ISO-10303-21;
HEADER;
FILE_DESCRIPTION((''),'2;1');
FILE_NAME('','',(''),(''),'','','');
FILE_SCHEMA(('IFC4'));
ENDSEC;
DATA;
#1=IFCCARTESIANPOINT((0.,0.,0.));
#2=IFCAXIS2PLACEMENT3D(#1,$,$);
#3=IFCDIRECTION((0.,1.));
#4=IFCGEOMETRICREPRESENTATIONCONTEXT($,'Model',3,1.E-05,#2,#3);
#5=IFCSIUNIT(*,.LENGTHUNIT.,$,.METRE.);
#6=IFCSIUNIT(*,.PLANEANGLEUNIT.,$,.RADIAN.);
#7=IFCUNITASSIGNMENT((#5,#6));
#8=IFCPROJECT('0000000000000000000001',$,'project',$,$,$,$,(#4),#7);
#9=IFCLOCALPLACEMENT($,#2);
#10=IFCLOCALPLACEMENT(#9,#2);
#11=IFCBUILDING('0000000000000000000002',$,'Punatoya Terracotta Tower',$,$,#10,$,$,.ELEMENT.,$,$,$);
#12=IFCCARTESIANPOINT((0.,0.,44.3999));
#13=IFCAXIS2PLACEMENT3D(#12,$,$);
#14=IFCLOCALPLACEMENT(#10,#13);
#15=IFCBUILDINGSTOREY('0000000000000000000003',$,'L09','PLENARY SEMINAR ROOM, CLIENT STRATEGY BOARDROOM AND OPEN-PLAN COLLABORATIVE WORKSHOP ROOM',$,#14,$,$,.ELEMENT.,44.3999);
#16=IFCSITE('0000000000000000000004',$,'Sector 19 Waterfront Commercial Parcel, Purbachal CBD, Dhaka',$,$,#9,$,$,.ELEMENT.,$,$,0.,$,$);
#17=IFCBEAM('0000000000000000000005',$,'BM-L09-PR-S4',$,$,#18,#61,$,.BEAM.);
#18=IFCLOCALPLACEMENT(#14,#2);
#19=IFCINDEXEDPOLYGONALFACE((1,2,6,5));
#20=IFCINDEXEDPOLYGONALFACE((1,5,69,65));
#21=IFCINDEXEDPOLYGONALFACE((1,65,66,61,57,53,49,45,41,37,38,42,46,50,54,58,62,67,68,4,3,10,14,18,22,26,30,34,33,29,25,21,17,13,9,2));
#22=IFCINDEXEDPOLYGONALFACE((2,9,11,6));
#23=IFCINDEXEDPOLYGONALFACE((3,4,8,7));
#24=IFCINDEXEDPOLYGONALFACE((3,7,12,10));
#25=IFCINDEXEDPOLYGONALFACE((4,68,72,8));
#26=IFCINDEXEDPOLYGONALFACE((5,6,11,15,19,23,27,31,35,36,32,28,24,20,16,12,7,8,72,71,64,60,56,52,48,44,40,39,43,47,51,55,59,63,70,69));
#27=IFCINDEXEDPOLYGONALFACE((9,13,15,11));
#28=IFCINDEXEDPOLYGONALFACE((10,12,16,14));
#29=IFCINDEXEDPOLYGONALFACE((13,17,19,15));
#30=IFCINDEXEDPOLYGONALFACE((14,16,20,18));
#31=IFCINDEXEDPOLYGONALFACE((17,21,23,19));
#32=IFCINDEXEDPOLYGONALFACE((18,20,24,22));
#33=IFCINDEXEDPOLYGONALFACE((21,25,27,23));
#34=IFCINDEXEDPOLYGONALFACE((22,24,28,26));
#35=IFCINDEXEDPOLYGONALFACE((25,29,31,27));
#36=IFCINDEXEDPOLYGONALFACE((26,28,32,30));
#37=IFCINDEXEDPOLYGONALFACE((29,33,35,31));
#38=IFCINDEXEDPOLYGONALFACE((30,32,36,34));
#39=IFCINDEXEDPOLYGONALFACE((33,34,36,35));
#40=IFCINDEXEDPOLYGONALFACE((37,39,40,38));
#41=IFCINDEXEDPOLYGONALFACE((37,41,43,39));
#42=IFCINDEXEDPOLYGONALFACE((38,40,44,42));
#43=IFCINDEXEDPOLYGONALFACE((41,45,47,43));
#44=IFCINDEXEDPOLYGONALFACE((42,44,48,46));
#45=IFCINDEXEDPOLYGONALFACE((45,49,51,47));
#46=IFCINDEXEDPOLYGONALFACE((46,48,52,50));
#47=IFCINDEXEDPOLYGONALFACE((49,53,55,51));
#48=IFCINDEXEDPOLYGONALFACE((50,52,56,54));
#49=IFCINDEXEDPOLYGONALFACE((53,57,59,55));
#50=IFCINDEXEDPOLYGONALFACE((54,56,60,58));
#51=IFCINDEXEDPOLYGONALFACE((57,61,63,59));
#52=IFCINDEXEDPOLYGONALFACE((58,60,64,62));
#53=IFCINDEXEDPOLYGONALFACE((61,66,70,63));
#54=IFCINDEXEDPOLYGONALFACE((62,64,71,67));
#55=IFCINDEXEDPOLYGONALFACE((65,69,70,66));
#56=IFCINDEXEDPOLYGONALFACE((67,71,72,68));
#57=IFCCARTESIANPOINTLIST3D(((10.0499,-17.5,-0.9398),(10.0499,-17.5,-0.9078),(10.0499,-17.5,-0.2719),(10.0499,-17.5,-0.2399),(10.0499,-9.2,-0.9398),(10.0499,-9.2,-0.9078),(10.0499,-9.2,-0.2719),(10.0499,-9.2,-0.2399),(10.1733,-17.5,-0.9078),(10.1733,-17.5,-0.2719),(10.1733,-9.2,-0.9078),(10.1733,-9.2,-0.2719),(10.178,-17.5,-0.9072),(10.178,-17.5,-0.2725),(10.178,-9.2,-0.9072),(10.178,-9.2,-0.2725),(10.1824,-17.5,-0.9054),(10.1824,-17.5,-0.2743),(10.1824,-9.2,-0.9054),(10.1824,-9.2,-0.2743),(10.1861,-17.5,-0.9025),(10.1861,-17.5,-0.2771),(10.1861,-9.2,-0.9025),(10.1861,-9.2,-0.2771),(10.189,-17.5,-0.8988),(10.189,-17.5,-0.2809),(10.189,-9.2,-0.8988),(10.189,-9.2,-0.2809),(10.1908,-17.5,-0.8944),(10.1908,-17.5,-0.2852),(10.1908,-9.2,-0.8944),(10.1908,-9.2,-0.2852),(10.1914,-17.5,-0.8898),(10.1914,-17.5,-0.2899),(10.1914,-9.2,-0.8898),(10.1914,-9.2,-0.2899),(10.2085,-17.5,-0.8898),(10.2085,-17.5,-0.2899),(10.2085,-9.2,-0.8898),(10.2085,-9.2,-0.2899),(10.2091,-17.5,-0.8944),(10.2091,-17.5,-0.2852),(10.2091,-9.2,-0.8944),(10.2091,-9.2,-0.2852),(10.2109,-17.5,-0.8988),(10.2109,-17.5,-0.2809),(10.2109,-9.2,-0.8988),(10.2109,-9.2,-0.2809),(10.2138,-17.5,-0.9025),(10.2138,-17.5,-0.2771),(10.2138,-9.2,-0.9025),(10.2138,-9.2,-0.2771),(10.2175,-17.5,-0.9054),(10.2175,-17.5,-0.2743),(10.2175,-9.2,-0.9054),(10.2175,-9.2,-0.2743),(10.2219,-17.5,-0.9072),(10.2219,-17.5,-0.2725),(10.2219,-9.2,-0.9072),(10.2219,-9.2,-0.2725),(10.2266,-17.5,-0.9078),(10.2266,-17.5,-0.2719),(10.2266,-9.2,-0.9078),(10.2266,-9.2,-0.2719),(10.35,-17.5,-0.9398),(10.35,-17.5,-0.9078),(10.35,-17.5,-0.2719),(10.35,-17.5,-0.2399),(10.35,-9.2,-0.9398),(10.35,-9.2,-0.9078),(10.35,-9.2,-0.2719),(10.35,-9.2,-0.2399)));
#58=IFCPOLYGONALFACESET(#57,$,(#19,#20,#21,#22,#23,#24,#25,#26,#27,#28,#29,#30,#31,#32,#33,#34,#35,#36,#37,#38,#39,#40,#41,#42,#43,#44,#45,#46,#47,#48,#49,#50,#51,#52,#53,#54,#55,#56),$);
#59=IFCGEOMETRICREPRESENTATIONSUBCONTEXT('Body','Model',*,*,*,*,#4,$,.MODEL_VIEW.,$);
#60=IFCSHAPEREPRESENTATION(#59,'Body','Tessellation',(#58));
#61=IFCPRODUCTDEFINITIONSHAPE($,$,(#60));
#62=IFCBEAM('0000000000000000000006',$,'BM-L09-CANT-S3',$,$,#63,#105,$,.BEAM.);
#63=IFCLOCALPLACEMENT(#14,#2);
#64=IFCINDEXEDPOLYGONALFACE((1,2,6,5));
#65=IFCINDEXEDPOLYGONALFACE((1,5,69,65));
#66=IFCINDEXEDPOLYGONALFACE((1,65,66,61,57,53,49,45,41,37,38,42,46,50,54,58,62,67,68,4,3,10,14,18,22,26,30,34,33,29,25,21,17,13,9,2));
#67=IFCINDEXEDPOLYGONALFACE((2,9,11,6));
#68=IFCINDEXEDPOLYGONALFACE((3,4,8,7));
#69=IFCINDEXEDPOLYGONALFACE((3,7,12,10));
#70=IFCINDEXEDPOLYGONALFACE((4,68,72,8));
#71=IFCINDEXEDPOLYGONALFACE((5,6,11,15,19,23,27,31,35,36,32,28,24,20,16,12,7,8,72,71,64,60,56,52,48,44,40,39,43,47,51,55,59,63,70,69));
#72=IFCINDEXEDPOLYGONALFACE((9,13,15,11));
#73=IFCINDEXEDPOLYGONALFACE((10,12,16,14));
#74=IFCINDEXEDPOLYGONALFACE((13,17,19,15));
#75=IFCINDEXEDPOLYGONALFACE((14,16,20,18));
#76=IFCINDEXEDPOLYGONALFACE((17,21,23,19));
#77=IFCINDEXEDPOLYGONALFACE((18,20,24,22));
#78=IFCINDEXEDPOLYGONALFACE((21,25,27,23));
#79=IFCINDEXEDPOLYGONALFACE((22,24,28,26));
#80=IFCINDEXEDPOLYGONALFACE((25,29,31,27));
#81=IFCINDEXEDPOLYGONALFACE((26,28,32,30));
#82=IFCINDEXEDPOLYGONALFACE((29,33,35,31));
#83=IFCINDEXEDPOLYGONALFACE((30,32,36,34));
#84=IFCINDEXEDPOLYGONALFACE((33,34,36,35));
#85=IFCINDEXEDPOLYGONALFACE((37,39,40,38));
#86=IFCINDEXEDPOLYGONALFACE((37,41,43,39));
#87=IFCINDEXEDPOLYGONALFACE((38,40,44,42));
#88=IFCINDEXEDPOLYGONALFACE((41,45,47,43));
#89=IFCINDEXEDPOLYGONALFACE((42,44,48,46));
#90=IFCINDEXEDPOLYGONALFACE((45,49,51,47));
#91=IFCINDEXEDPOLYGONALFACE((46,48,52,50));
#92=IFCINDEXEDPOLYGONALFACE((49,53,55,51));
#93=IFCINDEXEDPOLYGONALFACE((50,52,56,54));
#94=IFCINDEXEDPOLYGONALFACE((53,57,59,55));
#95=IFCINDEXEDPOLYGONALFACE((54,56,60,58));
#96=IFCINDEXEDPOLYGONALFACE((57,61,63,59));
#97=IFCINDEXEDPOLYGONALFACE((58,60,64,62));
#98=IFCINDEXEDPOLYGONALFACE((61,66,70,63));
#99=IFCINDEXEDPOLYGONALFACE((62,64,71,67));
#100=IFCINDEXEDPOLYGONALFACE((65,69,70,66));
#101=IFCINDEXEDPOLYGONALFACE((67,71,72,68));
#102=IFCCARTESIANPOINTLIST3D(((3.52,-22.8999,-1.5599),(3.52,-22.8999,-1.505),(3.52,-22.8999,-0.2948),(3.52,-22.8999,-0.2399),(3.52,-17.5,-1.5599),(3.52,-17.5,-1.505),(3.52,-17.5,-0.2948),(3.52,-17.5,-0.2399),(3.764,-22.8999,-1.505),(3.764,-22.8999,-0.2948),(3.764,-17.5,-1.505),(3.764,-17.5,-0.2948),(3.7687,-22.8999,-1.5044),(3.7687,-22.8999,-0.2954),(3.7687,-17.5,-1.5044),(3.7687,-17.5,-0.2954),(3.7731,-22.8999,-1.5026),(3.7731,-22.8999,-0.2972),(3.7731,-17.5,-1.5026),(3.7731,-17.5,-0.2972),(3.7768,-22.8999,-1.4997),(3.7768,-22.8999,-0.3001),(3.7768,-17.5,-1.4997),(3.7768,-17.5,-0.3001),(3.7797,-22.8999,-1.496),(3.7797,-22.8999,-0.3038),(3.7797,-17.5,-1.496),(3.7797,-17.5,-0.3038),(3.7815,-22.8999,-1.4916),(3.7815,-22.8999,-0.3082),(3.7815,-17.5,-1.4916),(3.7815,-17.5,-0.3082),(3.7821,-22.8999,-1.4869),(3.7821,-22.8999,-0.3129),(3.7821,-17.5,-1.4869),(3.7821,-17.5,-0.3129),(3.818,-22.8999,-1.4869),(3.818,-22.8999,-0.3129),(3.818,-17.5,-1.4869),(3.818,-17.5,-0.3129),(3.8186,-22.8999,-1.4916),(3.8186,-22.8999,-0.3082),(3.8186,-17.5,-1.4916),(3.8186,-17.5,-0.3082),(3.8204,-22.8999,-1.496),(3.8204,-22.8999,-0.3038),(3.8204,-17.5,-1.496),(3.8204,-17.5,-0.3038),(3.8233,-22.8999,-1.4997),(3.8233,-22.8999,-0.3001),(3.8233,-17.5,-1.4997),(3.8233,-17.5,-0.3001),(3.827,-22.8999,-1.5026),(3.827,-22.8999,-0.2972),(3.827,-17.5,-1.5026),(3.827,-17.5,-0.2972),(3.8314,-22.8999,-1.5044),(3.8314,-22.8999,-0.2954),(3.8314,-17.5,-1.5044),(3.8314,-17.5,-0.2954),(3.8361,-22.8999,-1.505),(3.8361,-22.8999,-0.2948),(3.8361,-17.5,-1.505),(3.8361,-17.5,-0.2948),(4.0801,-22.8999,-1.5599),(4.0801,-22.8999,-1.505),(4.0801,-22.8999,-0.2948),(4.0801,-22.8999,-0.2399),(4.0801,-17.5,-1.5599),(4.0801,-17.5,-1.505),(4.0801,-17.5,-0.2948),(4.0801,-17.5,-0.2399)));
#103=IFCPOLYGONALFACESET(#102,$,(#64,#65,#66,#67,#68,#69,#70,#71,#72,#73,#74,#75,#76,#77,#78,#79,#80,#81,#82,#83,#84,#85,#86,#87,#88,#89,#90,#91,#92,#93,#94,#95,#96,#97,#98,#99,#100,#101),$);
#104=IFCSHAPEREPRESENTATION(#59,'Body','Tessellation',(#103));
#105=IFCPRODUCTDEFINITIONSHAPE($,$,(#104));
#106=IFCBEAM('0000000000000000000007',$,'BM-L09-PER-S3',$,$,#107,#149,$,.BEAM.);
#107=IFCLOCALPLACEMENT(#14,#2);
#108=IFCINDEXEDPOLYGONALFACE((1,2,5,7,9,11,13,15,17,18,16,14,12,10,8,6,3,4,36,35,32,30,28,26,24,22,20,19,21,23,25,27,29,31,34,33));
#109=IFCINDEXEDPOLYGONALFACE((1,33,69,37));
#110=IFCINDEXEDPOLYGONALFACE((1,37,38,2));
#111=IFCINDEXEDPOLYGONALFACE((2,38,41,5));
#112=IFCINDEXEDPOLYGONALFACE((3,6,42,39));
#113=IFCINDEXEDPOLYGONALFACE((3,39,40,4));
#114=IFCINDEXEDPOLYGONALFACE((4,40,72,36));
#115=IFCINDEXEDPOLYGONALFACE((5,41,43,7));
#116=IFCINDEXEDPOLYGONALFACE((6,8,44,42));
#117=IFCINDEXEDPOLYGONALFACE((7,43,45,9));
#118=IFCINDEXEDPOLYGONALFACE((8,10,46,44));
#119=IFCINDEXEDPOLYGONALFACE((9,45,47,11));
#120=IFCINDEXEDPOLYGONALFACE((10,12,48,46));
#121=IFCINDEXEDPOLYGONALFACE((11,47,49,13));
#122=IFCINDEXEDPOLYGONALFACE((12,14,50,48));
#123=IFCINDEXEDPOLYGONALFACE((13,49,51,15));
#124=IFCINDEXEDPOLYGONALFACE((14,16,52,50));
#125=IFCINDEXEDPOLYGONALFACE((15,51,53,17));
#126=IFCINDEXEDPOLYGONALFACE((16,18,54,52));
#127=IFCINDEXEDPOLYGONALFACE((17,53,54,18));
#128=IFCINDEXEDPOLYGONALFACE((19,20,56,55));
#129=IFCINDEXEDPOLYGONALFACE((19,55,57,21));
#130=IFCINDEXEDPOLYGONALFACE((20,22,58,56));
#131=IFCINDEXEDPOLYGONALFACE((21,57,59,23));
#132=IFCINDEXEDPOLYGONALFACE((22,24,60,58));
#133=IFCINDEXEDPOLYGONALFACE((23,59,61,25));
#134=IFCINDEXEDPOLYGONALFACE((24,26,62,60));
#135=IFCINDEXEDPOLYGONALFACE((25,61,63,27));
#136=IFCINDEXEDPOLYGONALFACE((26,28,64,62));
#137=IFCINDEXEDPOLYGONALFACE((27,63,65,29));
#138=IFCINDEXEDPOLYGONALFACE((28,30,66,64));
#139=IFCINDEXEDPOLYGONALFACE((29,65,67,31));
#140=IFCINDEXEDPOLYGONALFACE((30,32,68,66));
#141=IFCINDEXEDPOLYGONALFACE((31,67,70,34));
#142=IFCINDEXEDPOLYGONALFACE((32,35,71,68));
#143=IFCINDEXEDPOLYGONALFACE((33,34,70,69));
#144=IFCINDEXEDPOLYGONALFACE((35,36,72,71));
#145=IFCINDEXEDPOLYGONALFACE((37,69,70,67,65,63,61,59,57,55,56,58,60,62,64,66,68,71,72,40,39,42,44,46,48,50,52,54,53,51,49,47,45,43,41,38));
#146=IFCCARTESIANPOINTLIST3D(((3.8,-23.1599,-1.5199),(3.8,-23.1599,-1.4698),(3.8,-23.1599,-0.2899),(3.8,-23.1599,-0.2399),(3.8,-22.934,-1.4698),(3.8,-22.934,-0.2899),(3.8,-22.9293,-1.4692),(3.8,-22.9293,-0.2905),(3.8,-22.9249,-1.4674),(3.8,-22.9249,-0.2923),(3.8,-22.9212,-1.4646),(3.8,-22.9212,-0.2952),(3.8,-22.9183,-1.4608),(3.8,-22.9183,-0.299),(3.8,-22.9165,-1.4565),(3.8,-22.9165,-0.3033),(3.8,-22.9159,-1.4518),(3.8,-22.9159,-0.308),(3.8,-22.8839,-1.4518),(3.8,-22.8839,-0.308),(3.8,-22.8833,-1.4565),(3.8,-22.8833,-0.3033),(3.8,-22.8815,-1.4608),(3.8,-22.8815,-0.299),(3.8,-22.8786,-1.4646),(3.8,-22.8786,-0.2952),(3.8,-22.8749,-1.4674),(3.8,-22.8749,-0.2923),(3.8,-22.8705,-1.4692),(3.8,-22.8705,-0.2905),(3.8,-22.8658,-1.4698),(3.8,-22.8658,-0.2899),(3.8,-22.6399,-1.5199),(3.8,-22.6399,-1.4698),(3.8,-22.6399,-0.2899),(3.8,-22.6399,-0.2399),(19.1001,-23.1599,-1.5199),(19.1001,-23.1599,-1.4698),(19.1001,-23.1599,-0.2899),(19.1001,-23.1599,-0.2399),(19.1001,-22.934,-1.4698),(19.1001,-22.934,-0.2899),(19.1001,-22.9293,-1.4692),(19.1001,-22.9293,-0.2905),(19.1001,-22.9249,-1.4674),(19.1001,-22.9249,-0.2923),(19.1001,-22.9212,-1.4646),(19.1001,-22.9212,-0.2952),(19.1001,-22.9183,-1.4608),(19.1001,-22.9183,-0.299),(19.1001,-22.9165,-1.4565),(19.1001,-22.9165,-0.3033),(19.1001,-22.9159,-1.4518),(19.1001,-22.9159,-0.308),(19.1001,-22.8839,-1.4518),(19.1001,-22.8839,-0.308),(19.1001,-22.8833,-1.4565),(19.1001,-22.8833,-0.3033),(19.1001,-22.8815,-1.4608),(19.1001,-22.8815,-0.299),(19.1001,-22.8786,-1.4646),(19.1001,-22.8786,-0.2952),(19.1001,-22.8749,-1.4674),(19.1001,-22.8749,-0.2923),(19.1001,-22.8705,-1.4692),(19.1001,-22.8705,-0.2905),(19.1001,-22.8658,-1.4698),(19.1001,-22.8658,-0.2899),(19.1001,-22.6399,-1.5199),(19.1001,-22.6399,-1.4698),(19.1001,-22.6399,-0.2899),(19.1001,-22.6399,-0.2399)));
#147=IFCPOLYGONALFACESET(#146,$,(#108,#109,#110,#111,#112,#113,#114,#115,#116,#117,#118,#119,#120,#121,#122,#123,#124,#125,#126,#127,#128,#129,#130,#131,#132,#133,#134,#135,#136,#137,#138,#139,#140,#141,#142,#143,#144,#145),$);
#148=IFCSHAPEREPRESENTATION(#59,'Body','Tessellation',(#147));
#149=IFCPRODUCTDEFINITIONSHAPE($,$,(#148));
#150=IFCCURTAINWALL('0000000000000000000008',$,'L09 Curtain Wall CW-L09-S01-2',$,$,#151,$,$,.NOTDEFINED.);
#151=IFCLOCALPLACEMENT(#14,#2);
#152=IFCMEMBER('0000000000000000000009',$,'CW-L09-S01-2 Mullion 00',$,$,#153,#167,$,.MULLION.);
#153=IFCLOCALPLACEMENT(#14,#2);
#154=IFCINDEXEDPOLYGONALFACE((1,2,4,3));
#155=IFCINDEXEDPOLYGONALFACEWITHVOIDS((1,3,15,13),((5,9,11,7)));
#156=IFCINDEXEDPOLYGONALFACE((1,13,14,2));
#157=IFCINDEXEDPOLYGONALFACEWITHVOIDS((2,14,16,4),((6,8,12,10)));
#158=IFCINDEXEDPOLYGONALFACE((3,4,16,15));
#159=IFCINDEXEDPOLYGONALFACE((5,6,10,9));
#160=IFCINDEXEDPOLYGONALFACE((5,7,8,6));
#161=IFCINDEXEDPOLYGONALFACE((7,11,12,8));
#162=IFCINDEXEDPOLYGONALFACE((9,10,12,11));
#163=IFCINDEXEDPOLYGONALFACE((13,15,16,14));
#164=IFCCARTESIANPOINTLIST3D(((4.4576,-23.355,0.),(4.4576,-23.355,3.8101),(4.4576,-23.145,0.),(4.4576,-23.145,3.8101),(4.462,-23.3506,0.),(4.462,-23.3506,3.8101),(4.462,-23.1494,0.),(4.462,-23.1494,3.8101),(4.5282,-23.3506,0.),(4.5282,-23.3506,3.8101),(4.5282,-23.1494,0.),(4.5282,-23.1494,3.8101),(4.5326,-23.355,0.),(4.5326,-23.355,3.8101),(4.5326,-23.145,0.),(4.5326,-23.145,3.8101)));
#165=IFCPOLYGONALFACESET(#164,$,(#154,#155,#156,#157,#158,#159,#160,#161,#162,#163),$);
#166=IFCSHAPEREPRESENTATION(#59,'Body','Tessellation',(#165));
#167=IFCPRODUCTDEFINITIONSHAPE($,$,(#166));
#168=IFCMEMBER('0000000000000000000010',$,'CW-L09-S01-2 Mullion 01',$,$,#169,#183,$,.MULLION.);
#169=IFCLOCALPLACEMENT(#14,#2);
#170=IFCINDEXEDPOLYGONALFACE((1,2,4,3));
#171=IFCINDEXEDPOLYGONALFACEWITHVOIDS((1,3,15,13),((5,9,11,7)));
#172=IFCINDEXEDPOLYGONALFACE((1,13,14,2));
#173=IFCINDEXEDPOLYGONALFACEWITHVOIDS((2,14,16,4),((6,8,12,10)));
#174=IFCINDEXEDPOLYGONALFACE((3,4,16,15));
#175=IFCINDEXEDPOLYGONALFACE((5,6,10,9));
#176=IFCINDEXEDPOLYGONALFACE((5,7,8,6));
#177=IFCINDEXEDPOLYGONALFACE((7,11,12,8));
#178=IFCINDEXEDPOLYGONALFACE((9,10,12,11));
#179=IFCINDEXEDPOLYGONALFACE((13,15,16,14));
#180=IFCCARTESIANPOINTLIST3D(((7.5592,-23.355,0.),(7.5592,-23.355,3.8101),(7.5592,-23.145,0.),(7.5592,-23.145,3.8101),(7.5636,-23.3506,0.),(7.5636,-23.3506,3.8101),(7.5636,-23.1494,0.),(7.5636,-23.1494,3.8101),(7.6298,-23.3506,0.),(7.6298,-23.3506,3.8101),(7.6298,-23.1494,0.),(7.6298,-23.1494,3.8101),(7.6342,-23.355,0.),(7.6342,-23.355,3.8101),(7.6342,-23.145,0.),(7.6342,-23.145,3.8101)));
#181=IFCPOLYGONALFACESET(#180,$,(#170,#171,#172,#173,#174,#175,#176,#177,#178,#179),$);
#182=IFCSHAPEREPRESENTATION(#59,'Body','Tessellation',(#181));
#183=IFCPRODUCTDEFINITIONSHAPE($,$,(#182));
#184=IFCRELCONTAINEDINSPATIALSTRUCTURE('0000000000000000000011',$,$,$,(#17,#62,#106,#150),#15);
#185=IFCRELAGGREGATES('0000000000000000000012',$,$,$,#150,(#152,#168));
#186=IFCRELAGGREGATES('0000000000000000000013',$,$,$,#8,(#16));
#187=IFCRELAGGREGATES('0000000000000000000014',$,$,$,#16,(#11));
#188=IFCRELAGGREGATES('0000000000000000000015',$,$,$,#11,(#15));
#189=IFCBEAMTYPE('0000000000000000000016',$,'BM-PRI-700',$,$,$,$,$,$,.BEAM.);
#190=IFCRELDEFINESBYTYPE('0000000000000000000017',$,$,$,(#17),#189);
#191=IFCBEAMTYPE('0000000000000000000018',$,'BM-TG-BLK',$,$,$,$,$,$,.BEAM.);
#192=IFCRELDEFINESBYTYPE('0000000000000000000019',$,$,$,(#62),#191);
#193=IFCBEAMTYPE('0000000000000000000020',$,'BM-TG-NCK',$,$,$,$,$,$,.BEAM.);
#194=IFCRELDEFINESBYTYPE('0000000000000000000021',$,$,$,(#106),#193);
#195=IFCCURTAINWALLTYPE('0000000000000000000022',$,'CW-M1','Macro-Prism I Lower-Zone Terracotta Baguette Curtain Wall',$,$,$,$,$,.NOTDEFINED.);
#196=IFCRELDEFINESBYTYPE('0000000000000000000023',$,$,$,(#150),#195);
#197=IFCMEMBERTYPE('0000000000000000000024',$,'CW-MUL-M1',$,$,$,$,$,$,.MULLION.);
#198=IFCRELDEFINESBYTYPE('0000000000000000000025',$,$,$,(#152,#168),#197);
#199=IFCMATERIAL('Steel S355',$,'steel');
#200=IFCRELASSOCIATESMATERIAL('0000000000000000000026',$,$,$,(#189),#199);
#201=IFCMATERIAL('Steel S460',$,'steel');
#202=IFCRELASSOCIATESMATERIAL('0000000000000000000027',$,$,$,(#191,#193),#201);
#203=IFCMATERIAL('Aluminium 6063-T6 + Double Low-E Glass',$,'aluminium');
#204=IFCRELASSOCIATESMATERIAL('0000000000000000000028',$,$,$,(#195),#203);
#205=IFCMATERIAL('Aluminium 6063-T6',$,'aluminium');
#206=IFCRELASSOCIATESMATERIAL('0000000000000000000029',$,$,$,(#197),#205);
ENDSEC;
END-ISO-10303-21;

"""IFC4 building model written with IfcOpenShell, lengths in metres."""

from ifc_helpers import new_model, si_unit, direction, frame, origin, origin_2d, place, context, subcontext, project, spatial, hollow_rectangle, i_section, extrude, material, material_profile, profile_set, type_object, element, aggregate, save


model = new_model("IFC4")

# Units and contexts
model_context = context("Model", 3, precision=1e-05, world=origin(), true_north=direction((0.0, 1.0)))
body_context = subcontext(model_context, "Body", "Model", "MODEL_VIEW")
ifc_project = project(units=[si_unit("LENGTHUNIT", "METRE"), si_unit("PLANEANGLEUNIT", "RADIAN")], contexts=[model_context])

# Site, building, storey
site_placement = place(None, origin())
site = spatial("IfcSite", under=ifc_project, at=site_placement, Name="Sector 19 Waterfront Commercial Parcel, Purbachal CBD, Dhaka", CompositionType="ELEMENT", RefElevation=0.0)
building_placement = place(site_placement, origin())
building = spatial("IfcBuilding", under=site, at=building_placement, Name="Punatoya Terracotta Tower", CompositionType="ELEMENT")
storey_placement = place(building_placement, frame((0.0, 0.0, 44.3999)))
storey = spatial("IfcBuildingStorey", under=building, at=storey_placement, Name="L09", Description="PLENARY SEMINAR ROOM, CLIENT STRATEGY BOARDROOM AND OPEN-PLAN COLLABORATIVE WORKSHOP ROOM", CompositionType="ELEMENT", Elevation=44.3999)

# Shared definitions
ifc_material_1 = material(Name="Steel S460", Category="steel")

# Beams
ifc_material_2 = material(Name="Steel S355", Category="steel")
ifc_material_profile_1 = material_profile(ifc_material_2, i_section(OverallWidth=0.3, OverallDepth=0.7, WebThickness=0.0171, FlangeThickness=0.032, FilletRadius=0.0181, at=origin_2d()))
ifc_profile_set_1 = profile_set([ifc_material_profile_1], Name="Steel S355")
beam_type_1 = type_object("IfcBeamType", Name="BM-PRI-700", PredefinedType="BEAM", material=ifc_profile_set_1)
for number, where, z_axis, x_axis, name in (
    (1, (10.2, -17.5, -0.5898), (0.0, 1.0, 0.0), (-1.0, 0.0, 0.0), "BM-L09-PR-S4"),
):
    element("IfcBeam", number, at=place(storey_placement, frame(where, z_axis=z_axis, x_axis=x_axis)), inside=storey, type_object=beam_type_1, Name=name, PredefinedType="BEAM", context=body_context, shape_type="SweptSolid", body=[
        extrude(i_section(OverallWidth=0.3, OverallDepth=0.7, WebThickness=0.0171, FlangeThickness=0.032, FilletRadius=0.0181, at=origin_2d()), origin(), (0.0, 0.0, 1.0), 8.3),
    ])
ifc_material_profile_2 = material_profile(ifc_material_1, i_section(OverallWidth=0.5601, OverallDepth=1.3201, WebThickness=0.0359, FlangeThickness=0.0549, FilletRadius=0.0181, at=origin_2d()))
ifc_profile_set_2 = profile_set([ifc_material_profile_2], Name="Steel S460")
beam_type_2 = type_object("IfcBeamType", Name="BM-TG-BLK", PredefinedType="BEAM", material=ifc_profile_set_2)
beam_1_placement = place(storey_placement, frame((3.8, -22.8999, -0.8999), z_axis=(0.0, 1.0, 0.0), x_axis=(-1.0, 0.0, 0.0)))
element("IfcBeam", 2, at=beam_1_placement, inside=storey, type_object=beam_type_2, Name="BM-L09-CANT-S3", PredefinedType="BEAM", context=body_context, shape_type="SweptSolid", body=[
    extrude(i_section(OverallWidth=0.5601, OverallDepth=1.3201, WebThickness=0.0359, FlangeThickness=0.0549, FilletRadius=0.0181, at=origin_2d()), origin(), (0.0, 0.0, 1.0), 5.3999),
])
ifc_material_profile_3 = material_profile(ifc_material_1, i_section(OverallWidth=0.52, OverallDepth=1.28, WebThickness=0.032, FlangeThickness=0.05, FilletRadius=0.0181, at=origin_2d()))
ifc_profile_set_3 = profile_set([ifc_material_profile_3], Name="Steel S460")
beam_type_3 = type_object("IfcBeamType", Name="BM-TG-NCK", PredefinedType="BEAM", material=ifc_profile_set_3)
beam_2_placement = place(storey_placement, frame((3.8, -22.8999, -0.8799), z_axis=(1.0, 0.0, 0.0), x_axis=(0.0, 1.0, 0.0)))
element("IfcBeam", 3, at=beam_2_placement, inside=storey, type_object=beam_type_3, Name="BM-L09-PER-S3", PredefinedType="BEAM", context=body_context, shape_type="SweptSolid", body=[
    extrude(i_section(OverallWidth=0.52, OverallDepth=1.28, WebThickness=0.032, FlangeThickness=0.05, FilletRadius=0.0181, at=origin_2d()), origin(), (0.0, 0.0, 1.0), 15.3),
])

# Curtain wall, members
ifc_material_3 = material(Name="Aluminium 6063-T6 + Double Low-E Glass", Category="aluminium")
curtain_wall_type = type_object("IfcCurtainWallType", Name="CW-M1", Description="Macro-Prism I Lower-Zone Terracotta Baguette Curtain Wall", PredefinedType="NOTDEFINED", material=ifc_material_3)
curtain_wall_placement = place(storey_placement, origin())
curtain_wall = element("IfcCurtainWall", 4, at=curtain_wall_placement, inside=storey, type_object=curtain_wall_type, Name="L09 Curtain Wall CW-L09-S01-2", PredefinedType="NOTDEFINED")
ifc_material_4 = material(Name="Aluminium 6063-T6", Category="aluminium")
ifc_material_profile_4 = material_profile(ifc_material_4, hollow_rectangle(XDim=0.075, YDim=0.21, WallThickness=0.0044, at=origin_2d()))
ifc_profile_set_4 = profile_set([ifc_material_profile_4], Name="Aluminium 6063-T6")
member_type_1 = type_object("IfcMemberType", Name="CW-MUL-M1", PredefinedType="MULLION", material=ifc_profile_set_4)
member_1_placement = place(storey_placement, frame((4.4951, -23.25, 0.0), z_axis=(0.0, 0.0, 1.0), x_axis=(1.0, 0.0, 0.0)))
member_1 = element("IfcMember", 5, at=member_1_placement, type_object=member_type_1, Name="CW-L09-S01-2 Mullion 00", PredefinedType="MULLION", context=body_context, shape_type="SweptSolid", body=[
    extrude(hollow_rectangle(XDim=0.075, YDim=0.21, WallThickness=0.0044, at=origin_2d()), origin(), (0.0, 0.0, 1.0), 3.8101),
])
member_2_placement = place(storey_placement, frame((7.5967, -23.25, 0.0), z_axis=(0.0, 0.0, 1.0), x_axis=(1.0, 0.0, 0.0)))
member_2 = element("IfcMember", 6, at=member_2_placement, type_object=member_type_1, Name="CW-L09-S01-2 Mullion 01", PredefinedType="MULLION", context=body_context, shape_type="SweptSolid", body=[
    extrude(hollow_rectangle(XDim=0.075, YDim=0.21, WallThickness=0.0044, at=origin_2d()), origin(), (0.0, 0.0, 1.0), 3.8101),
])

aggregate(curtain_wall, [member_1, member_2])

save(model, "model.ifc")
